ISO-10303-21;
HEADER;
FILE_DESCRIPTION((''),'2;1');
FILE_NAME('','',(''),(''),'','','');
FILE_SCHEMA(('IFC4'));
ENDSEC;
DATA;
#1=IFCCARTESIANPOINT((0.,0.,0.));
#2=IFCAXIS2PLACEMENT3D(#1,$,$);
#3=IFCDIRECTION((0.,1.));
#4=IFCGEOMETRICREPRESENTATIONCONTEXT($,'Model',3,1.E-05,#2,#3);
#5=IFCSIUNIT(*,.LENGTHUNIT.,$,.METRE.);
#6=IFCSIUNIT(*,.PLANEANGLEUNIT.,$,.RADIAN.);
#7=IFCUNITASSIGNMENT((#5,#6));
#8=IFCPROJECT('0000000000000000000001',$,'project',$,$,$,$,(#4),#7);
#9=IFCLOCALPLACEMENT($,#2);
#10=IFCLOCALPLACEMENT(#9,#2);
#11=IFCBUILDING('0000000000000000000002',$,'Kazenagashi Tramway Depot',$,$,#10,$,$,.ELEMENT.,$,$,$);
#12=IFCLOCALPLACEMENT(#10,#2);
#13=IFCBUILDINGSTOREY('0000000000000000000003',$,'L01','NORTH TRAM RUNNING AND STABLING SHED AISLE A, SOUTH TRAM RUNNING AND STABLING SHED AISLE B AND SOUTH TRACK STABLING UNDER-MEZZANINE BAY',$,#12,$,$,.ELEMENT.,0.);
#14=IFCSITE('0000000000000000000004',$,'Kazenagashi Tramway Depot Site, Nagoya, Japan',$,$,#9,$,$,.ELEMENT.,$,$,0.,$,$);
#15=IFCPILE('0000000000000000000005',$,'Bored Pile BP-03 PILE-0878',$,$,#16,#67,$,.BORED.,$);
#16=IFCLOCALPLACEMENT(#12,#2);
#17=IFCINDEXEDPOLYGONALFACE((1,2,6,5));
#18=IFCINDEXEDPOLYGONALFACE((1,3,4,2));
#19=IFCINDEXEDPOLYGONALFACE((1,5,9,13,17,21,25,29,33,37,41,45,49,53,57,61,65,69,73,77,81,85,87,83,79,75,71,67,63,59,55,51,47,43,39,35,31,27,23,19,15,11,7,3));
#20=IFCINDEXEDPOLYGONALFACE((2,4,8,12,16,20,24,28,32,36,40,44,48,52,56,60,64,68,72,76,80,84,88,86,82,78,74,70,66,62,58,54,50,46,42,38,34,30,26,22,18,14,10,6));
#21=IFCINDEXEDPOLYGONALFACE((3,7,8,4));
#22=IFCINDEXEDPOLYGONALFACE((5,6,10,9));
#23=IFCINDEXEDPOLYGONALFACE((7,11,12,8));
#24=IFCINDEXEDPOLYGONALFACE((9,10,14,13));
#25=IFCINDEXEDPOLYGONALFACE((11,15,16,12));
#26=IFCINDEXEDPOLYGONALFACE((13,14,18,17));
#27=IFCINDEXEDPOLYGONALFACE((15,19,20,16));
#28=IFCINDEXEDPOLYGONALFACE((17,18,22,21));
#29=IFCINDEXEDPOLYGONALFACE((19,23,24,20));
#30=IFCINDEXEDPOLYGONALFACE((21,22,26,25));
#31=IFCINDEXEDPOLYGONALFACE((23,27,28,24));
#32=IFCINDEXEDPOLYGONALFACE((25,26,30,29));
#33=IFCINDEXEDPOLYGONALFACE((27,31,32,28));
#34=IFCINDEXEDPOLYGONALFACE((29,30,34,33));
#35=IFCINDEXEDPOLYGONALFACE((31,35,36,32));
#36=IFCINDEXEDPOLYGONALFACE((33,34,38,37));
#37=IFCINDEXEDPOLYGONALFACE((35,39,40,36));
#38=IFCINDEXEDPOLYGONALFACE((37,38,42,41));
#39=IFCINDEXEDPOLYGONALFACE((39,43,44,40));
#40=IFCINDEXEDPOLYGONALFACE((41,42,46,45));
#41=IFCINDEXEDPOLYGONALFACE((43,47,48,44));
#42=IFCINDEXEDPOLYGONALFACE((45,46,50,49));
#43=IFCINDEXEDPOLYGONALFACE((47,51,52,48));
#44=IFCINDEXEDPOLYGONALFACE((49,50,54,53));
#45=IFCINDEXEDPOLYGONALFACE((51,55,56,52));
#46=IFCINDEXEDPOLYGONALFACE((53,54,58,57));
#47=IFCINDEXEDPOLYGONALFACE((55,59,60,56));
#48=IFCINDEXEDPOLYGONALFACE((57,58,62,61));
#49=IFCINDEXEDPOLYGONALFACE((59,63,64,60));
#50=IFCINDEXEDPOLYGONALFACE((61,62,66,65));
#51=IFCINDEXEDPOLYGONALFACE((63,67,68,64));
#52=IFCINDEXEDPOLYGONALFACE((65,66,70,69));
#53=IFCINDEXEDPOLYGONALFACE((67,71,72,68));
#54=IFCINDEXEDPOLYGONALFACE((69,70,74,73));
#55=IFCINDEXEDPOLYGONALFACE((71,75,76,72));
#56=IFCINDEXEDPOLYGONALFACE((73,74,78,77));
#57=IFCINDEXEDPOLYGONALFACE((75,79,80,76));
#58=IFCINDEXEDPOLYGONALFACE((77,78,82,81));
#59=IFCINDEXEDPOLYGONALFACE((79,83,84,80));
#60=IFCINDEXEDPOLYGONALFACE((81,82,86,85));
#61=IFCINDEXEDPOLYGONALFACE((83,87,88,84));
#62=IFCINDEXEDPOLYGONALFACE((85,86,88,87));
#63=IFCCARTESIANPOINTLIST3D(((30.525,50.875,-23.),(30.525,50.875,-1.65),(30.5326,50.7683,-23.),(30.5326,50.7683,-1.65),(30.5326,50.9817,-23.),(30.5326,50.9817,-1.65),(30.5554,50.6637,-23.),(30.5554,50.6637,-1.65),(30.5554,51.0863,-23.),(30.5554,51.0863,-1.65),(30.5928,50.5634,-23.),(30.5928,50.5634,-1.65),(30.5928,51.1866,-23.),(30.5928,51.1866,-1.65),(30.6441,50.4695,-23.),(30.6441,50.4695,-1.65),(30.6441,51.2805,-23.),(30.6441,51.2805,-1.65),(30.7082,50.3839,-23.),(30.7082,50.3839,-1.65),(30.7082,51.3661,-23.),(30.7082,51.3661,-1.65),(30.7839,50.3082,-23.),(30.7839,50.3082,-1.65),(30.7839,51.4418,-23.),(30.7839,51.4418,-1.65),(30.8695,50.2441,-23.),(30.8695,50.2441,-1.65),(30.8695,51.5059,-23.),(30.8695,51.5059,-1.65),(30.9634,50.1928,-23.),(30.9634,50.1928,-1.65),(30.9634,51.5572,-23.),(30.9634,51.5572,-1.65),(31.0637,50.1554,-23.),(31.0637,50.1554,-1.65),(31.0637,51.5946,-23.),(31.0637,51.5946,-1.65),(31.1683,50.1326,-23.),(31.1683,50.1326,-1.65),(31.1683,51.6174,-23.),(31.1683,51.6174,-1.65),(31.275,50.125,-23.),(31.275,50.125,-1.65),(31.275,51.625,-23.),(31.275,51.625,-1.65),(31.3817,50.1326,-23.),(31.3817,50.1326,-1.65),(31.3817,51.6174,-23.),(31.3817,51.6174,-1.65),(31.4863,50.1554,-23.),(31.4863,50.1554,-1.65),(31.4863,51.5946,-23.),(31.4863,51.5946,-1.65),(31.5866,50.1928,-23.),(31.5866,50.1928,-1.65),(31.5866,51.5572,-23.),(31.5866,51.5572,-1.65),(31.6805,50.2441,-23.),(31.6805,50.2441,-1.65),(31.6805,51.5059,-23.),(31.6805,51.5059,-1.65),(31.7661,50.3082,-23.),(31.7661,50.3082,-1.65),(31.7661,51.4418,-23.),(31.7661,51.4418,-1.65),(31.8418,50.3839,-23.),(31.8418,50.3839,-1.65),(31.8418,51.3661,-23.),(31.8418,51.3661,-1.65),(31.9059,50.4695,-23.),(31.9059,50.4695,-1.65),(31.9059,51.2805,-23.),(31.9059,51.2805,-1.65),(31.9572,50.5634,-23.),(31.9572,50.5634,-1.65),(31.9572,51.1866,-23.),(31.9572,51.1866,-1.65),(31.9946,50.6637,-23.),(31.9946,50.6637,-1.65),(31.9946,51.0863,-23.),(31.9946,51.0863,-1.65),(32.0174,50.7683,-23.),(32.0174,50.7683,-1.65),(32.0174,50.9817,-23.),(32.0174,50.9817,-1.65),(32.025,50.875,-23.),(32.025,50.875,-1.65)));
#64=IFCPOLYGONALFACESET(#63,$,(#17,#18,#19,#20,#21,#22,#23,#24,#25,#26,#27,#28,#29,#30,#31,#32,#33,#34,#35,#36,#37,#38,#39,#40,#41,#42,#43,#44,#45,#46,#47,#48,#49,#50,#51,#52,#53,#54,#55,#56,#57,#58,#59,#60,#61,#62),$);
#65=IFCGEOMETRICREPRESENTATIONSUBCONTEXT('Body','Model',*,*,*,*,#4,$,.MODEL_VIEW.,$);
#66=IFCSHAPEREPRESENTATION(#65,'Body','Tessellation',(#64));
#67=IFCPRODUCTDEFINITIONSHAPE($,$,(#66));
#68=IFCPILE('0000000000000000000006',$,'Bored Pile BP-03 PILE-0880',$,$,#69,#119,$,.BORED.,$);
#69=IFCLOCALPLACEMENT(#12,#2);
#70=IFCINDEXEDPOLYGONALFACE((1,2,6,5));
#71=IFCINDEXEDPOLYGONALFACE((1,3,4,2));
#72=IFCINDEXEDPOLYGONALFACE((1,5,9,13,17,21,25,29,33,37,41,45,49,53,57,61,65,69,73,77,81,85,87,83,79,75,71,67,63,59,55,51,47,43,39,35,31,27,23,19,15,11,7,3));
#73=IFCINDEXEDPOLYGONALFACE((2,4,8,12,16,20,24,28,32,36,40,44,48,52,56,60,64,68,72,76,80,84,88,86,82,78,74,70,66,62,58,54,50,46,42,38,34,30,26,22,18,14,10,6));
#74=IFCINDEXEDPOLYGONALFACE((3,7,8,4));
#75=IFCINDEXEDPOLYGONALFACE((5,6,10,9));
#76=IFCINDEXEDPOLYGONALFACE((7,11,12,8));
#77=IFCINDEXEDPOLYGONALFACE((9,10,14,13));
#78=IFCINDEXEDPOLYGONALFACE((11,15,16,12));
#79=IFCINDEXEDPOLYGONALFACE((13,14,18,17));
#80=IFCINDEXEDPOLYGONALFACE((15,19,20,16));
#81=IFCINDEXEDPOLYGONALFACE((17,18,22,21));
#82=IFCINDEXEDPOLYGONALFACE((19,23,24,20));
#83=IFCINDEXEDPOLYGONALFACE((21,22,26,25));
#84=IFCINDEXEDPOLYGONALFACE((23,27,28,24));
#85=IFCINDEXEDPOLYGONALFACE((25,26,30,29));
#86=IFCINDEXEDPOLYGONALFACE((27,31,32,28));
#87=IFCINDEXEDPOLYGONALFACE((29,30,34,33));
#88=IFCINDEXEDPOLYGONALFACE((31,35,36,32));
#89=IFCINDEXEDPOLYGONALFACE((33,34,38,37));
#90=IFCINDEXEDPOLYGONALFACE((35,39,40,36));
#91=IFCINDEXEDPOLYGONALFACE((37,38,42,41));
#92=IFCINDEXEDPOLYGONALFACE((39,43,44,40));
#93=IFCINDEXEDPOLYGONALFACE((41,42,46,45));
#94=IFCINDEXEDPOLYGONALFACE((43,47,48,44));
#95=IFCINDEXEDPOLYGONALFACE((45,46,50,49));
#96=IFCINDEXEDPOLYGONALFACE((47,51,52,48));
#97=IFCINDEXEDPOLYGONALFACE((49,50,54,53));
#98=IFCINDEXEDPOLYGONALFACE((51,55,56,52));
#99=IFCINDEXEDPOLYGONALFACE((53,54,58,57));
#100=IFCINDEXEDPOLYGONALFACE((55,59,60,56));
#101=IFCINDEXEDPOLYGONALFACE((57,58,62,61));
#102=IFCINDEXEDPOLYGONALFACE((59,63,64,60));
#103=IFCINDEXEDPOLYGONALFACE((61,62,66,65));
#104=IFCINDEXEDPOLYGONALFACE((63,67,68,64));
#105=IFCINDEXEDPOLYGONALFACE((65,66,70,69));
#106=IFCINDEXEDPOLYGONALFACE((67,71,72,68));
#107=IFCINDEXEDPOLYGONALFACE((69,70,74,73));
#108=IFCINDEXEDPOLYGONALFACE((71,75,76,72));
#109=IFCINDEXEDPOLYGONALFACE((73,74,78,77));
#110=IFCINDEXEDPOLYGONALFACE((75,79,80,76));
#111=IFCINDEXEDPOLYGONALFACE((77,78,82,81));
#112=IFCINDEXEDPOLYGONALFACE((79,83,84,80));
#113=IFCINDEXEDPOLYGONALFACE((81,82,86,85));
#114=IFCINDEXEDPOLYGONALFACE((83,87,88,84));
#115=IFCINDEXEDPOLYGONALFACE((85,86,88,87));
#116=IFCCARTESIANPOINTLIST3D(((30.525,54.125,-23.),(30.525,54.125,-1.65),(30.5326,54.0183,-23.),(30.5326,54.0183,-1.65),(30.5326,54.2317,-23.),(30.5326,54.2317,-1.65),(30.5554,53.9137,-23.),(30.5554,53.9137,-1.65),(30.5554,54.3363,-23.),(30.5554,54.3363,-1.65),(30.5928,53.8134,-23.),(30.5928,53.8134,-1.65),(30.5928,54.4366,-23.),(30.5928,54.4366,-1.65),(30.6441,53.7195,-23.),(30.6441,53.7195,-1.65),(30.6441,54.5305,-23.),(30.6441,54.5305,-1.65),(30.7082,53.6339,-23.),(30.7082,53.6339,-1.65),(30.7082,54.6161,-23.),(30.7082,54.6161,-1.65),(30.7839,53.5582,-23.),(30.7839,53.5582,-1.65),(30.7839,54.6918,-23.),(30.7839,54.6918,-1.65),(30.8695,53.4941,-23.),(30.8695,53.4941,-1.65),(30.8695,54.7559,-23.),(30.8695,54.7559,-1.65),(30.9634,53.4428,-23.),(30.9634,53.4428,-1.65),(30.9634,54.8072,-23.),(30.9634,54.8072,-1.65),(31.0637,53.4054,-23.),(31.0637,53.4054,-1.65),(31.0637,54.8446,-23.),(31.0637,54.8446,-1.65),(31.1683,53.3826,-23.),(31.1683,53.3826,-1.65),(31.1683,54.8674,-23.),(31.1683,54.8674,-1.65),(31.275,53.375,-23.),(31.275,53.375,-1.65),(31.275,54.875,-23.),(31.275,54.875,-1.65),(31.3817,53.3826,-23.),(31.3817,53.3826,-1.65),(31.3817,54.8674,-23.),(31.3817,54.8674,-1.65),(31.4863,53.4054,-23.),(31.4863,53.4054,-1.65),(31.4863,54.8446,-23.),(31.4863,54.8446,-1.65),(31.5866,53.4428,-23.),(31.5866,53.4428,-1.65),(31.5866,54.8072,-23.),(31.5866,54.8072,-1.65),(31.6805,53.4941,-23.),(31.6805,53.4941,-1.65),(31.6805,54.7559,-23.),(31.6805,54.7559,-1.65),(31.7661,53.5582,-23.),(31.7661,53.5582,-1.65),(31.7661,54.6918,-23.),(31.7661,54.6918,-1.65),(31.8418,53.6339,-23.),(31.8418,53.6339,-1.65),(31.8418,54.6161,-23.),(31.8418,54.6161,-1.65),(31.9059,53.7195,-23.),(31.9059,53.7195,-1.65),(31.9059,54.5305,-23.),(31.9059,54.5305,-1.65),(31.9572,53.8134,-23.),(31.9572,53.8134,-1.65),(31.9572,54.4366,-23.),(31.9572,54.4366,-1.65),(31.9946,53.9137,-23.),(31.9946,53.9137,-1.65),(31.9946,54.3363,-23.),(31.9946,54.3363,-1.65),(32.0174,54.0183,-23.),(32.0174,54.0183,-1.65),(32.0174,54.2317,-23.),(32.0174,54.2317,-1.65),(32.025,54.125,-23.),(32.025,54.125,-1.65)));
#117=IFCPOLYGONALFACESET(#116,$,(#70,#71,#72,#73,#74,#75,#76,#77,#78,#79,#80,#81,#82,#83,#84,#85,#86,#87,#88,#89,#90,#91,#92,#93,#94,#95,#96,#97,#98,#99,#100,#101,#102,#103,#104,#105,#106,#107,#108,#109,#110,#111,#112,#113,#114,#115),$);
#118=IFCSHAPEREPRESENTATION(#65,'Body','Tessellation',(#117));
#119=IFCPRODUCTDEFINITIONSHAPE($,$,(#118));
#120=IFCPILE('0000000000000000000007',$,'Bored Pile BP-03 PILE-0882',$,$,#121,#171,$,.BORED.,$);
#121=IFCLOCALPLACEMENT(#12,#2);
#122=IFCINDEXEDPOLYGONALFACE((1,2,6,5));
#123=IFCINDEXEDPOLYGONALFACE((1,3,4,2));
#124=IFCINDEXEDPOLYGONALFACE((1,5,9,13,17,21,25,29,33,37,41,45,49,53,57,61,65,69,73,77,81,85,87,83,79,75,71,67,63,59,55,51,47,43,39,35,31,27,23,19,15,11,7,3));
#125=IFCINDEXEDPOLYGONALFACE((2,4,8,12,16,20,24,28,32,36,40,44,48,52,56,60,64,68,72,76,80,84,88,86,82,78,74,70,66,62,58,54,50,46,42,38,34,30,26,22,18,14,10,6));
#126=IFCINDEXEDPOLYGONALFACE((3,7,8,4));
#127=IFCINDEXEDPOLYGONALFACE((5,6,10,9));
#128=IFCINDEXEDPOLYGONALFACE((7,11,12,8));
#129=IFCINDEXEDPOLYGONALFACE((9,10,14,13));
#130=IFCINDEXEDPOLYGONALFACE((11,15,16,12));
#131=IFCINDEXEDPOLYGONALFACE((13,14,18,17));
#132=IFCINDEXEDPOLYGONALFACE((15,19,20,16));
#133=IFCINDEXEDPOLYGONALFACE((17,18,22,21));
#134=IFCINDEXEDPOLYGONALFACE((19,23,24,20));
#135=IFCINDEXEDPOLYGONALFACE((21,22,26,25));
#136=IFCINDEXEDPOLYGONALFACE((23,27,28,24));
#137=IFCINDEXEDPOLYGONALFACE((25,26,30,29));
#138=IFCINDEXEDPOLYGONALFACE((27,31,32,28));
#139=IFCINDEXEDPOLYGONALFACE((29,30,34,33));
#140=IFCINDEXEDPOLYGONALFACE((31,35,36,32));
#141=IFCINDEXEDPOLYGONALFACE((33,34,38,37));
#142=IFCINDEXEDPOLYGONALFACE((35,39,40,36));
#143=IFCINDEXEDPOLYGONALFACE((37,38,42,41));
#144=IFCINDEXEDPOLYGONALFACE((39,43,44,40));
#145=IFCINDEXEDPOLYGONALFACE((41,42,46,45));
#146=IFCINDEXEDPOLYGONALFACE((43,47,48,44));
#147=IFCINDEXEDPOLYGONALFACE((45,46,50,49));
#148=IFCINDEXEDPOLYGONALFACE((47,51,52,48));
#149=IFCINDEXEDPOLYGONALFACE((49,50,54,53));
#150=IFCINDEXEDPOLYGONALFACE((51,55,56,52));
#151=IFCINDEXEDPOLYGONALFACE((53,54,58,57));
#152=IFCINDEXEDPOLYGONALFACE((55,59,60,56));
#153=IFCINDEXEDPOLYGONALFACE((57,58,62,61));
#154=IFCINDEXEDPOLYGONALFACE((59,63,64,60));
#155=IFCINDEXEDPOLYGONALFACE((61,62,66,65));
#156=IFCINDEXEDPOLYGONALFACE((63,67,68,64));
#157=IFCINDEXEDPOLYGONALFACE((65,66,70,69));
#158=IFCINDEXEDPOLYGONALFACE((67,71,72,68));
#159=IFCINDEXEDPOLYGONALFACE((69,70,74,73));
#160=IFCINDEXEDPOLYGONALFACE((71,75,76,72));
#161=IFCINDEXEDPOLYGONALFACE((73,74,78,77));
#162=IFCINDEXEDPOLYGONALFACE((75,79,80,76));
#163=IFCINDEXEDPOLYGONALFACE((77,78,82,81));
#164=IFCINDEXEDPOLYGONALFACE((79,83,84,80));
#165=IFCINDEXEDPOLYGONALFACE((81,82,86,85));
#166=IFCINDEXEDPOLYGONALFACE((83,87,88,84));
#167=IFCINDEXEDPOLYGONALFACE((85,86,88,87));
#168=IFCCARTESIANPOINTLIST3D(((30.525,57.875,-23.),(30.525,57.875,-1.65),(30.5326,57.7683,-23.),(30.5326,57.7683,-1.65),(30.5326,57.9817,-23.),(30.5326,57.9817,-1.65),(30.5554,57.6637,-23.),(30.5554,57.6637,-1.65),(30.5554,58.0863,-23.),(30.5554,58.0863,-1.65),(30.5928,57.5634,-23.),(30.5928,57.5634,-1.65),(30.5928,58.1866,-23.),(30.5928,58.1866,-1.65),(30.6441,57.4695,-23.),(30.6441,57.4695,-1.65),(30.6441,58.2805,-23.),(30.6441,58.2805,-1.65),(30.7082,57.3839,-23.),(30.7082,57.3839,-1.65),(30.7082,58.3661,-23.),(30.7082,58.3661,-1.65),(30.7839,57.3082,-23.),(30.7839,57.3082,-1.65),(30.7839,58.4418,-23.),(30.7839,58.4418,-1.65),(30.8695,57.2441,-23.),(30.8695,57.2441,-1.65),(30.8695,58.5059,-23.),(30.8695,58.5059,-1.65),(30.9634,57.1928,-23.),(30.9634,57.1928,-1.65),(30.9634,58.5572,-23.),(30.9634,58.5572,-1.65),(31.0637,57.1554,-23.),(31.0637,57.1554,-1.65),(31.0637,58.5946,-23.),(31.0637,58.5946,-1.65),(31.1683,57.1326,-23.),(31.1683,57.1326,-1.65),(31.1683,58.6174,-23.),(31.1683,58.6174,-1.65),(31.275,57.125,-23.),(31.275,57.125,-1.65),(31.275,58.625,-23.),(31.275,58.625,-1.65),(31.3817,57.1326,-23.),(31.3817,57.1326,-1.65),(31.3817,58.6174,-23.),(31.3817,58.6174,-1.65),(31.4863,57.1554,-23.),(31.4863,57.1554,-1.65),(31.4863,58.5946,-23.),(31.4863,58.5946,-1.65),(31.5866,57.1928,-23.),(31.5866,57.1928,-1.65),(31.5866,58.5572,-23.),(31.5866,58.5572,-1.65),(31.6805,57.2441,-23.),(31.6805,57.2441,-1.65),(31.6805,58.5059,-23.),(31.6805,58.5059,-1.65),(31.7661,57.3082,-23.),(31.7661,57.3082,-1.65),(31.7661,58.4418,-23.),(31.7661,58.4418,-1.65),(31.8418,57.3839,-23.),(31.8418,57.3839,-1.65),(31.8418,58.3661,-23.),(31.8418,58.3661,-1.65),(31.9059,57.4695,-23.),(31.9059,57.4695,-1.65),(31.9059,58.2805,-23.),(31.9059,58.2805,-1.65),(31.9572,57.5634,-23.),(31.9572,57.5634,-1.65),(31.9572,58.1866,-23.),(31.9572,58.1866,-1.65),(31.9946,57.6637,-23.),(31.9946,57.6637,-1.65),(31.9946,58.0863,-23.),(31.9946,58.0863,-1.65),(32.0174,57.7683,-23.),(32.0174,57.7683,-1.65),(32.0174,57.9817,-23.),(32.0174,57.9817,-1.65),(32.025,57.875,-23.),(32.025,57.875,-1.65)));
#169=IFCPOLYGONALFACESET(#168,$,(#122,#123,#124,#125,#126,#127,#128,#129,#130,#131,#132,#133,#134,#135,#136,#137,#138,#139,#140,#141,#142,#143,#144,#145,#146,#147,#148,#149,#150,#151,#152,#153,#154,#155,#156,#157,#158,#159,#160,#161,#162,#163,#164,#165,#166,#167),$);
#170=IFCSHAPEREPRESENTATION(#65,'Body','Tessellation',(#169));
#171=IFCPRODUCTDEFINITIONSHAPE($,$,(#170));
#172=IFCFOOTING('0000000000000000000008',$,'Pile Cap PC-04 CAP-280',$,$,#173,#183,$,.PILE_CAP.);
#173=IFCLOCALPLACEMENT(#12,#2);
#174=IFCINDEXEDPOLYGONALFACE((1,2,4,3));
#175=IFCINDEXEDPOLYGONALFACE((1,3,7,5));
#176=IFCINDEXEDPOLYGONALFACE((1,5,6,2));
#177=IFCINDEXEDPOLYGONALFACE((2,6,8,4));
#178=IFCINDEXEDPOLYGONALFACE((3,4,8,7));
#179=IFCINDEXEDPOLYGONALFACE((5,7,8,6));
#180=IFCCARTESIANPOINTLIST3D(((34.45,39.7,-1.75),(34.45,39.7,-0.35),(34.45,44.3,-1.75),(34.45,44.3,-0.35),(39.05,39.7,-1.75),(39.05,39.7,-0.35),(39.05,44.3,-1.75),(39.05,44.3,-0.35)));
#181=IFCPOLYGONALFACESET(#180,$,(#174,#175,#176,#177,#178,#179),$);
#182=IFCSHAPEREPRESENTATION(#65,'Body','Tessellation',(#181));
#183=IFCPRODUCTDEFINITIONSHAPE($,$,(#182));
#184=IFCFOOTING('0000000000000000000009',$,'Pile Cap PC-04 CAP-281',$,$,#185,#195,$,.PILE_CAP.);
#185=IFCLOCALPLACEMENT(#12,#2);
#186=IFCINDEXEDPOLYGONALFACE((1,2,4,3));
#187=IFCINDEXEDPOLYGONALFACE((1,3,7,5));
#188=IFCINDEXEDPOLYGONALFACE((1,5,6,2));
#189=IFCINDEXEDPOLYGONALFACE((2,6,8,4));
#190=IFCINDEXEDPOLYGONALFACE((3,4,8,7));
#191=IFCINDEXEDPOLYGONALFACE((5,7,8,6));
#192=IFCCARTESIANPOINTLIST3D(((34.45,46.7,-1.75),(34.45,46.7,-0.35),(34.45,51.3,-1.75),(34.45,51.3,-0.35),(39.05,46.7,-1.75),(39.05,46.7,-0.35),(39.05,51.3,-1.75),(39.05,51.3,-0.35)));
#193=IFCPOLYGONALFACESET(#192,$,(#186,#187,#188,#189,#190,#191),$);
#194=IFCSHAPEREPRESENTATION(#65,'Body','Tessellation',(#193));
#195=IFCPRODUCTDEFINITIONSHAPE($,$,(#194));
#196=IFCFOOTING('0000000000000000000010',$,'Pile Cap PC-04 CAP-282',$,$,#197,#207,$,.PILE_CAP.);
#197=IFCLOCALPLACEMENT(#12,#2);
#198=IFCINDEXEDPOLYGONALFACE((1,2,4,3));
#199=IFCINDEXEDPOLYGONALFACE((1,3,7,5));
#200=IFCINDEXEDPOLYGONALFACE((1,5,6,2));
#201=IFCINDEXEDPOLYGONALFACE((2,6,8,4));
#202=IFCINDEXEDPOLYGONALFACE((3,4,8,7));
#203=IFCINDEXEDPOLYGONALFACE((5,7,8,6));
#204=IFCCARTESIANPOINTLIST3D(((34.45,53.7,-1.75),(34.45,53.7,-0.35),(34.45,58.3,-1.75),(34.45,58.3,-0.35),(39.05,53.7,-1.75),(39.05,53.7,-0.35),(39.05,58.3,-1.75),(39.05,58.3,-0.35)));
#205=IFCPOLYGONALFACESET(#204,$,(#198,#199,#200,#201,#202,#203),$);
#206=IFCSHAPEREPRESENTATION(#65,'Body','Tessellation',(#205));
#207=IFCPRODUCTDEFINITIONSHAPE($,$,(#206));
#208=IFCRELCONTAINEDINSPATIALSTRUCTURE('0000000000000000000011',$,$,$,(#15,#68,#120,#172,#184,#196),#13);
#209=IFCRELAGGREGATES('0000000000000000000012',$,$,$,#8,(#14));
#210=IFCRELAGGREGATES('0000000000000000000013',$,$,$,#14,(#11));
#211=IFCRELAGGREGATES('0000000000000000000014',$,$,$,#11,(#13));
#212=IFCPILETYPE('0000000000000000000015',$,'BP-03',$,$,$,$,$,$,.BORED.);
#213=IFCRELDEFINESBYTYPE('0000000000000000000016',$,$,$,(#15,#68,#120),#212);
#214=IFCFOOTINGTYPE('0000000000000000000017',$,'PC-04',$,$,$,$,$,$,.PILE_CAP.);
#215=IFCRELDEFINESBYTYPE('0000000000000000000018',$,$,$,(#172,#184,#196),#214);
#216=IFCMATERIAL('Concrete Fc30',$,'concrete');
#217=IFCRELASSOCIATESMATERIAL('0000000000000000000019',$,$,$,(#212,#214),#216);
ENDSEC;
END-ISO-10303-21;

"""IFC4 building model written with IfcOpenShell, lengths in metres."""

from ifc_helpers import new_model, si_unit, direction, frame, origin, origin_2d, place, context, subcontext, project, spatial, rectangle, circle, extrude, material, material_profile, profile_set, type_object, element, save


model = new_model("IFC4")

# Units and contexts
model_context = context("Model", 3, precision=1e-05, world=origin(), true_north=direction((0.0, 1.0)))
body_context = subcontext(model_context, "Body", "Model", "MODEL_VIEW")
ifc_project = project(units=[si_unit("LENGTHUNIT", "METRE"), si_unit("PLANEANGLEUNIT", "RADIAN")], contexts=[model_context])

# Site, building, storey
site_placement = place(None, origin())
site = spatial("IfcSite", under=ifc_project, at=site_placement, Name="Kazenagashi Tramway Depot Site, Nagoya, Japan", CompositionType="ELEMENT", RefElevation=0.0)
building_placement = place(site_placement, origin())
building = spatial("IfcBuilding", under=site, at=building_placement, Name="Kazenagashi Tramway Depot", CompositionType="ELEMENT")
storey_placement = place(building_placement, origin())
storey = spatial("IfcBuildingStorey", under=building, at=storey_placement, Name="L01", Description="NORTH TRAM RUNNING AND STABLING SHED AISLE A, SOUTH TRAM RUNNING AND STABLING SHED AISLE B AND SOUTH TRACK STABLING UNDER-MEZZANINE BAY", CompositionType="ELEMENT", Elevation=0.0)

# Piles
ifc_material_1 = material(Name="Concrete Fc30", Category="concrete")
ifc_material_profile_1 = material_profile(ifc_material_1, circle(Radius=0.75, at=origin_2d()), Name="PILE-1500")
ifc_profile_set_1 = profile_set([ifc_material_profile_1], Name="Concrete Fc30")
pile_type_1 = type_object("IfcPileType", Name="BP-03", PredefinedType="BORED", material=ifc_profile_set_1)
for number, where, z_axis, x_axis, name in (
    (1, (31.275, 50.875, -1.65), (0.0, 0.0, -1.0), (1.0, 0.0, 0.0), "Bored Pile BP-03 PILE-0878"),
    (2, (31.275, 54.125, -1.65), (0.0, 0.0, -1.0), (1.0, 0.0, 0.0), "Bored Pile BP-03 PILE-0880"),
    (3, (31.275, 57.875, -1.65), (0.0, 0.0, -1.0), (1.0, 0.0, 0.0), "Bored Pile BP-03 PILE-0882"),
):
    element("IfcPile", number, at=place(storey_placement, frame(where, z_axis=z_axis, x_axis=x_axis)), inside=storey, type_object=pile_type_1, Name=name, PredefinedType="BORED", context=body_context, shape_type="SweptSolid", body=[
        extrude(circle(Radius=0.75, at=origin_2d()), origin(), (0.0, 0.0, 1.0), 21.35),
    ])

# Footings
footing_type_1 = type_object("IfcFootingType", Name="PC-04", PredefinedType="PILE_CAP", material=ifc_material_1)
for number, where, z_axis, x_axis, name in (
    (4, (36.75, 42.0, -1.75), (0.0, 0.0, 1.0), (1.0, 0.0, 0.0), "Pile Cap PC-04 CAP-280"),
    (5, (36.75, 49.0, -1.75), (0.0, 0.0, 1.0), (1.0, 0.0, 0.0), "Pile Cap PC-04 CAP-281"),
    (6, (36.75, 56.0, -1.75), (0.0, 0.0, 1.0), (1.0, 0.0, 0.0), "Pile Cap PC-04 CAP-282"),
):
    element("IfcFooting", number, at=place(storey_placement, frame(where, z_axis=z_axis, x_axis=x_axis)), inside=storey, type_object=footing_type_1, Name=name, PredefinedType="PILE_CAP", context=body_context, shape_type="SweptSolid", body=[
        extrude(rectangle(XDim=4.6, YDim=4.6, at=origin_2d()), origin(), (0.0, 0.0, 1.0), 1.4),
    ])

save(model, "model.ifc")
